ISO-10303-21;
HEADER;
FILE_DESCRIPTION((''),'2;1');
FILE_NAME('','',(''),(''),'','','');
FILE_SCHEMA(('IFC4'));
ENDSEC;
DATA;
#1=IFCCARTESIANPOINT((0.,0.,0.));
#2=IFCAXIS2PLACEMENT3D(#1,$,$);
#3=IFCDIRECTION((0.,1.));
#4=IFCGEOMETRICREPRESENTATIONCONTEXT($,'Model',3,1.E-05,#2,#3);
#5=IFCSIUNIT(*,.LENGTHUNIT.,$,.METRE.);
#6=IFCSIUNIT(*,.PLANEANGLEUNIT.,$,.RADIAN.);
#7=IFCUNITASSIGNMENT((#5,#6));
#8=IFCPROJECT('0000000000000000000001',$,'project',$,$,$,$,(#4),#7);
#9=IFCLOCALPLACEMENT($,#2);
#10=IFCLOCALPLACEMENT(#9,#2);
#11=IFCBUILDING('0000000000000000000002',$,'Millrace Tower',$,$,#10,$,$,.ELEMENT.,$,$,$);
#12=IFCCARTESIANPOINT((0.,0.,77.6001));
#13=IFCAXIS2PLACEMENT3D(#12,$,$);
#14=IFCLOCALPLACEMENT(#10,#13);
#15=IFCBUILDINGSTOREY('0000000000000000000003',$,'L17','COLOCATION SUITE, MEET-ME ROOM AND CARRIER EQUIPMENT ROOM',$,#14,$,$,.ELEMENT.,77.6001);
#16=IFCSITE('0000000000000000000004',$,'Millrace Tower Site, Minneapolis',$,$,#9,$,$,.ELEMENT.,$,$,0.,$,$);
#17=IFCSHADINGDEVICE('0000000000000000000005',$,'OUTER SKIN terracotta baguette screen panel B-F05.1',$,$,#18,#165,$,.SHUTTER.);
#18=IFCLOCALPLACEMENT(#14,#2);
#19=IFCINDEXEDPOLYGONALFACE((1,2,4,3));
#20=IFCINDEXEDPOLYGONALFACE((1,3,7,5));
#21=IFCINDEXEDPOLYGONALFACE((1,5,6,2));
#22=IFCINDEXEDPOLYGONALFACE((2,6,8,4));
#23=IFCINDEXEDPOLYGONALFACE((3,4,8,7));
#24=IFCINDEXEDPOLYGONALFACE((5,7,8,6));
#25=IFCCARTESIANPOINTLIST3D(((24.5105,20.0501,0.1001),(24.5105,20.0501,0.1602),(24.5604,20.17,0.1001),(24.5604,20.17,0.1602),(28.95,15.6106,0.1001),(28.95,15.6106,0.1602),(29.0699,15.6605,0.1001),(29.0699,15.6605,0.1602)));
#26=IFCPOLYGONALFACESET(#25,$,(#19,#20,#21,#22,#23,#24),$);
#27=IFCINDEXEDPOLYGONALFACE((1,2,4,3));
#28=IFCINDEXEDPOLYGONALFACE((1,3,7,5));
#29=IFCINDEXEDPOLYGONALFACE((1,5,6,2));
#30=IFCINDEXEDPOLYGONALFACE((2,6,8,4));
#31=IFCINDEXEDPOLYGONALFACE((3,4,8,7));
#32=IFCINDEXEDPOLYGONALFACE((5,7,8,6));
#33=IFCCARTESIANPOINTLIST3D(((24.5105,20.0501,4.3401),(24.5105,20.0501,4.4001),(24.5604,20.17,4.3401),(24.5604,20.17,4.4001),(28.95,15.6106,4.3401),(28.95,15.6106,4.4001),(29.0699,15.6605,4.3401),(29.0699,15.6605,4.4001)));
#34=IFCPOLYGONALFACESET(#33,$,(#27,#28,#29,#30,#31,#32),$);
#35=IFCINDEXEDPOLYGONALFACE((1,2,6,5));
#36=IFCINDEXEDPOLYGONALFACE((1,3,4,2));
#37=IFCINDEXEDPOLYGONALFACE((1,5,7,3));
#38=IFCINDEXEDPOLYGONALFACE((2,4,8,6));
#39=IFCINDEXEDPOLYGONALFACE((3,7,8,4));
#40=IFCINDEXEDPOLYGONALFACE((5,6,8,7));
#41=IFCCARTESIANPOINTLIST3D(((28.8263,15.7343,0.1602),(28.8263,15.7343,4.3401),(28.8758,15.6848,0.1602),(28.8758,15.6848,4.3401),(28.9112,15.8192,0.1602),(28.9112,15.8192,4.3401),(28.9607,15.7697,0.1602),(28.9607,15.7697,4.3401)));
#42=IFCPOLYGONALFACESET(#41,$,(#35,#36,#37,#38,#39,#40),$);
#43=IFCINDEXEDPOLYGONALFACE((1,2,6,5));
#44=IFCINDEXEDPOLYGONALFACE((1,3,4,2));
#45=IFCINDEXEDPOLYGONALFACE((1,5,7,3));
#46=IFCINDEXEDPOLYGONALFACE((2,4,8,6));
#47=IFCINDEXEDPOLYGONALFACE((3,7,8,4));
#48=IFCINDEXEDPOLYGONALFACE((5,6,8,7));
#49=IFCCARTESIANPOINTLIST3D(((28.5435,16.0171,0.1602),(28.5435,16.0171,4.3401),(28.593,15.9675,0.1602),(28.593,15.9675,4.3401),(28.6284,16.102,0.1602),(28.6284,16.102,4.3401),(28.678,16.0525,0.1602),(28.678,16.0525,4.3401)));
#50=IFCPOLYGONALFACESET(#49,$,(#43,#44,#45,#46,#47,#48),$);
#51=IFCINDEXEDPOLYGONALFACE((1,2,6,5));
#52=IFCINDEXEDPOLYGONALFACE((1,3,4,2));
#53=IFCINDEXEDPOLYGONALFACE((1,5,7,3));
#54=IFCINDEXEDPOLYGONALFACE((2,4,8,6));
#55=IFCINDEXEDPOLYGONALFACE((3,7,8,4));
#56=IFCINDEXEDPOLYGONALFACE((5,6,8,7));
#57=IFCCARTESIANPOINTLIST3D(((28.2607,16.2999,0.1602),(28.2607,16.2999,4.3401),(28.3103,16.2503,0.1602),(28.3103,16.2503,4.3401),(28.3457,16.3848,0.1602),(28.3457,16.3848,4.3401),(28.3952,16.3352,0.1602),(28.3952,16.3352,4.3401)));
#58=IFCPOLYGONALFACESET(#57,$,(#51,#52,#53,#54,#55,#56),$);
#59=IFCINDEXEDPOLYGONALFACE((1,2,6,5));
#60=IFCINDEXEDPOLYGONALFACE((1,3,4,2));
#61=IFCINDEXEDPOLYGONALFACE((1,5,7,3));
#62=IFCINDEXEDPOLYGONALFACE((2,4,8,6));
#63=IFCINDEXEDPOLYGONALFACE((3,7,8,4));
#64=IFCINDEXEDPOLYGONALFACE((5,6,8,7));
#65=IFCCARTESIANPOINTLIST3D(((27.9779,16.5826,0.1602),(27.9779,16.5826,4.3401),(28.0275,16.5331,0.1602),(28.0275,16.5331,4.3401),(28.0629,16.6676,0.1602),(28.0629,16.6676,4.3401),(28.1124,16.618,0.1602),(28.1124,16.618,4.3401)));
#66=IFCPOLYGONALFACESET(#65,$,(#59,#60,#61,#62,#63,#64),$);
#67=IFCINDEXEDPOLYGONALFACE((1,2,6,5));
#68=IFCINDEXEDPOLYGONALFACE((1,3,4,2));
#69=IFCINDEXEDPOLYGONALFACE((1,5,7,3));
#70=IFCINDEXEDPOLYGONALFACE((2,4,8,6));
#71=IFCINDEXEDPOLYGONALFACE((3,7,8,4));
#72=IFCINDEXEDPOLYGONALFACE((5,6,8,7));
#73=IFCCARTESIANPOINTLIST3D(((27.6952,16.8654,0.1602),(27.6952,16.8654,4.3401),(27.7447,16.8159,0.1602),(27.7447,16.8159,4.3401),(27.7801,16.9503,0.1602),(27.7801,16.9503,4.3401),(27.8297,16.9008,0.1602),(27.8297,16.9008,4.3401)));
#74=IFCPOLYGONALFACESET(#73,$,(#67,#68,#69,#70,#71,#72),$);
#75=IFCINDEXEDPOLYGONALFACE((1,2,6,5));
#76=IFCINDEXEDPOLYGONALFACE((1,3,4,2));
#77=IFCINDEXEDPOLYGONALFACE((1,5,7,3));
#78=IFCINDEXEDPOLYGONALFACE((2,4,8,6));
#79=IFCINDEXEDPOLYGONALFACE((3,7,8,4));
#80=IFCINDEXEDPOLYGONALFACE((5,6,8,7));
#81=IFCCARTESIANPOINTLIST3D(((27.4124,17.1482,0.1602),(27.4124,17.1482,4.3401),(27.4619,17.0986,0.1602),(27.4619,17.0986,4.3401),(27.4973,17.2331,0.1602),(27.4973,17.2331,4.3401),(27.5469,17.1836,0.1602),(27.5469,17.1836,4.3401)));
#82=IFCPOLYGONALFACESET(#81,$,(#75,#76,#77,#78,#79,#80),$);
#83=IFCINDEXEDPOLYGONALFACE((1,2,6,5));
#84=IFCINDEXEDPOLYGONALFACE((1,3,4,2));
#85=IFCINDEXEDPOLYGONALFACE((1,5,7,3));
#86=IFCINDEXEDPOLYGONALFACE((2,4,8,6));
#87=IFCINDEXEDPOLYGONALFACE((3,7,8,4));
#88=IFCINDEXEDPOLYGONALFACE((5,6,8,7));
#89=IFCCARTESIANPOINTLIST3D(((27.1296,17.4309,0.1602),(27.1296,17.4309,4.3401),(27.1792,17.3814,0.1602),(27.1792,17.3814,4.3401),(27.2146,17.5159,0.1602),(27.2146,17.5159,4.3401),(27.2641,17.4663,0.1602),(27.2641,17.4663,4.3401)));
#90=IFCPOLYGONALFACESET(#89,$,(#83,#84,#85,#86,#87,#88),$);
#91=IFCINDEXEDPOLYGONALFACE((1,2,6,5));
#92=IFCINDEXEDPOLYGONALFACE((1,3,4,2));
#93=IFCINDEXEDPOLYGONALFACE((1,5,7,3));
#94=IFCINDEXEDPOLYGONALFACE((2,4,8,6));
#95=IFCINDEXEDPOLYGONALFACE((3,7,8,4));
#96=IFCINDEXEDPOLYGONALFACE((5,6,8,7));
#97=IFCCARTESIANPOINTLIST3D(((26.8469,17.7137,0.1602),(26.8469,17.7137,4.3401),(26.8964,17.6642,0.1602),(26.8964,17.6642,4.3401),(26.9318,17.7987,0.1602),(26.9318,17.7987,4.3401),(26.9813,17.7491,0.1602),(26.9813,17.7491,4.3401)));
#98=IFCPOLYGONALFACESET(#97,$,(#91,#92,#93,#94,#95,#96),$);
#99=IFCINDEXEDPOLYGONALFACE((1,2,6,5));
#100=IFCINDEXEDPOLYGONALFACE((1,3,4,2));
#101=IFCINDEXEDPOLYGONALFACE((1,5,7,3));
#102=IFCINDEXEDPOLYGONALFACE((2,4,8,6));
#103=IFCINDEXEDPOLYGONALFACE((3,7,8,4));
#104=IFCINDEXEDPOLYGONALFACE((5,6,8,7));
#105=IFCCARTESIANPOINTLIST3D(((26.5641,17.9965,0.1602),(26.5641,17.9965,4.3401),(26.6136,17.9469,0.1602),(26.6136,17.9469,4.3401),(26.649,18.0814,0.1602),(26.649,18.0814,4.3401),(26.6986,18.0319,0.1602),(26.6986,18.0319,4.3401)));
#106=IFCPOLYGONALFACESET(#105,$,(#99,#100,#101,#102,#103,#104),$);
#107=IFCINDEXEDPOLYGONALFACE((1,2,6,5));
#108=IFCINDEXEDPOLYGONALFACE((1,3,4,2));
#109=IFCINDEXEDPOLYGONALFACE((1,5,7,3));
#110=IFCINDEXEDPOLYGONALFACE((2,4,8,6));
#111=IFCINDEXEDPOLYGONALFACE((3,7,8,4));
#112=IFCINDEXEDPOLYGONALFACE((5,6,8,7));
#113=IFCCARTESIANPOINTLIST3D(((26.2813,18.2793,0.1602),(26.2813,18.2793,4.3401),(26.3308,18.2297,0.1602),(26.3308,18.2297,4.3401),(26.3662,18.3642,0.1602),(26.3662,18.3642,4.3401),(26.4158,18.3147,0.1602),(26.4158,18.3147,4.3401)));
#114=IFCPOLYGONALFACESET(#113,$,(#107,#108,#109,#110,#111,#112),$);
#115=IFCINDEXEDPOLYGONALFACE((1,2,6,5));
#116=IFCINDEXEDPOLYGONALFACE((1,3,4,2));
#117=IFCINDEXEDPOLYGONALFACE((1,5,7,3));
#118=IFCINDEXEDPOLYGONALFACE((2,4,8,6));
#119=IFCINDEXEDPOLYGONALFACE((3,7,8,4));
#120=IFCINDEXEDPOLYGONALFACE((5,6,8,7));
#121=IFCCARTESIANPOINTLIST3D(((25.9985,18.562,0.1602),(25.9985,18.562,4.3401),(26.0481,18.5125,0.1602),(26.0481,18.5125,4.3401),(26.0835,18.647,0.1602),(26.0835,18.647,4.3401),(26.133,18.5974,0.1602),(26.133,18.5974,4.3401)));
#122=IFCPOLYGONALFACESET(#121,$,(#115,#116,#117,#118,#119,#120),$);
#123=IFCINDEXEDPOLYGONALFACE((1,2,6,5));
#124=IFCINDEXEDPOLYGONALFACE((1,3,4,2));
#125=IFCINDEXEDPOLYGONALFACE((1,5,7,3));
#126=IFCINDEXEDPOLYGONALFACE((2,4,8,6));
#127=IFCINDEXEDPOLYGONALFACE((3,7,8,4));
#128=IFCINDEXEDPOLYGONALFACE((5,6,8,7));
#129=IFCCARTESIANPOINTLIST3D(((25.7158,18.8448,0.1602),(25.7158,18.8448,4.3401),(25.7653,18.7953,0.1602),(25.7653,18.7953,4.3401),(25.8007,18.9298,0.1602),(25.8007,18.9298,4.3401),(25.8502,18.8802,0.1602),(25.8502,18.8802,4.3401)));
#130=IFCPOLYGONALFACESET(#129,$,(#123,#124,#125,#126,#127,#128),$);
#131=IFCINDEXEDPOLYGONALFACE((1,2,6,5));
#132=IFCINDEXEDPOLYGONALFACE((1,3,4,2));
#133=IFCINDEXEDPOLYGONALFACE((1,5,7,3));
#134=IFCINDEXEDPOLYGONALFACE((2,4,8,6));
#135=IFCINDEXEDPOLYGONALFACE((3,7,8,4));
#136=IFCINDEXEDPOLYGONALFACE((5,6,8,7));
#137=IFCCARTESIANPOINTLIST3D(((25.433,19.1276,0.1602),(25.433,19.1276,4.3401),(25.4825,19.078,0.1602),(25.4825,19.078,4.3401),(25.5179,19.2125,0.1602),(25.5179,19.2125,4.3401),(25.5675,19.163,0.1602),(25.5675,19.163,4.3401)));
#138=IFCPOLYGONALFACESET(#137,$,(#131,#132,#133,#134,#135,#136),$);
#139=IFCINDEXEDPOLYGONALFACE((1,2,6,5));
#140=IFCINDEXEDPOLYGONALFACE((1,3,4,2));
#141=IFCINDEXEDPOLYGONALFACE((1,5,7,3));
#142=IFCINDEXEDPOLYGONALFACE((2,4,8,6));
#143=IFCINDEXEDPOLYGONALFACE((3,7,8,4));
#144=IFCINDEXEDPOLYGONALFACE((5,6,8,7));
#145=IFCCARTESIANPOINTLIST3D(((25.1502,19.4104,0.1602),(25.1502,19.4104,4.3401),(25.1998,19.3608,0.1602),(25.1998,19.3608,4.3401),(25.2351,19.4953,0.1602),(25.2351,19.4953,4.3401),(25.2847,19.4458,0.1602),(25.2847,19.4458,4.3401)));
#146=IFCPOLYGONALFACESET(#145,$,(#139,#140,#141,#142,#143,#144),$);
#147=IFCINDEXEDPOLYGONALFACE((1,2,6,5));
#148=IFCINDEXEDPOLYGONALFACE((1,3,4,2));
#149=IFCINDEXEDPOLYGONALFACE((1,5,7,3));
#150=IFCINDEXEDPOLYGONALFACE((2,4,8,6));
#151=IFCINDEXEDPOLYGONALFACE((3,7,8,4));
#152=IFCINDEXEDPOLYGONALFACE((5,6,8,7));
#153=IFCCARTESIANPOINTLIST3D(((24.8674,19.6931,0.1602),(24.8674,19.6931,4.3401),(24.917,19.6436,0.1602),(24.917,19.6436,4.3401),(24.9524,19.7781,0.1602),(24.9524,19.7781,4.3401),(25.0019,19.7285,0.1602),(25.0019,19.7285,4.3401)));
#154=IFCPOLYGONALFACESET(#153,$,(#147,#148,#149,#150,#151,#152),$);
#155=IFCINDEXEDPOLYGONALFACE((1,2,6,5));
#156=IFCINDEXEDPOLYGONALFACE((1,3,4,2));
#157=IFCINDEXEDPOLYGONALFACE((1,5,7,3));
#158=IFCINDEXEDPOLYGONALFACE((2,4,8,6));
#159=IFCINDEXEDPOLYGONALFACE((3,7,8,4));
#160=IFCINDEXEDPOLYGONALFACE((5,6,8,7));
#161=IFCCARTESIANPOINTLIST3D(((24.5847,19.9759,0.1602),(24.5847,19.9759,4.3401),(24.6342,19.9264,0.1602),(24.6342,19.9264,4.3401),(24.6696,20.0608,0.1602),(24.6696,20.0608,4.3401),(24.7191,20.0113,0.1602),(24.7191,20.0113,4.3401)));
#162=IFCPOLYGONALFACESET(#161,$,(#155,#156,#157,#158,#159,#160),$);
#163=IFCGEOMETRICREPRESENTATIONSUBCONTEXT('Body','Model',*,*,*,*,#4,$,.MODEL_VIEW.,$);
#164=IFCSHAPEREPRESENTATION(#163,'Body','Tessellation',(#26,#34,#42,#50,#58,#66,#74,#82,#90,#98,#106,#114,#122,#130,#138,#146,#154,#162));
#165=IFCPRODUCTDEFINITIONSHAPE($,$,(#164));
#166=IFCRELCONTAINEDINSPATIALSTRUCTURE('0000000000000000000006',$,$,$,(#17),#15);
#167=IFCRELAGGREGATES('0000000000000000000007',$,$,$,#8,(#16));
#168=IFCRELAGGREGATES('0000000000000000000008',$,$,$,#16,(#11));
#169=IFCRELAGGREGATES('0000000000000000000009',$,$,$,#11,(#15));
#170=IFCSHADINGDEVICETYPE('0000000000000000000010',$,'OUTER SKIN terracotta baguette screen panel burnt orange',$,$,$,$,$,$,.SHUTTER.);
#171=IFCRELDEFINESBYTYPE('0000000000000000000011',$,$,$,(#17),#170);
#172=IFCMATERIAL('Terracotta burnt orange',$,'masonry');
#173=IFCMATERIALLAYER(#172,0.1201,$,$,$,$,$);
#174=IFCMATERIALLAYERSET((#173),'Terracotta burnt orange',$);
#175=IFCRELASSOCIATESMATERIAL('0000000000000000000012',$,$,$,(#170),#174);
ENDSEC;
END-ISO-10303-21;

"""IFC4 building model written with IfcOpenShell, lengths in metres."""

from ifc_helpers import new_model, entity, si_unit, direction, frame, frame_2d, origin, place, context, subcontext, project, spatial, rectangle, extrude, source, transform, mapped, material, layer, layer_set, type_object, element, save


model = new_model("IFC4")

# Units and contexts
model_context = context("Model", 3, precision=1e-05, world=origin(), true_north=direction((0.0, 1.0)))
body_context = subcontext(model_context, "Body", "Model", "MODEL_VIEW")
ifc_project = project(units=[si_unit("LENGTHUNIT", "METRE"), si_unit("PLANEANGLEUNIT", "RADIAN")], contexts=[model_context])

# Site, building, storey
site_placement = place(None, origin())
site = spatial("IfcSite", under=ifc_project, at=site_placement, Name="Millrace Tower Site, Minneapolis", CompositionType="ELEMENT", RefElevation=0.0)
building_placement = place(site_placement, origin())
building = spatial("IfcBuilding", under=site, at=building_placement, Name="Millrace Tower", CompositionType="ELEMENT")
storey_placement = place(building_placement, frame((0.0, 0.0, 77.6001)))
storey = spatial("IfcBuildingStorey", under=building, at=storey_placement, Name="L17", Description="COLOCATION SUITE, MEET-ME ROOM AND CARRIER EQUIPMENT ROOM", CompositionType="ELEMENT", Elevation=77.6001)

# Shading device
ifc_material_1 = material(Name="Terracotta burnt orange", Category="masonry")
ifc_layer_1 = layer(ifc_material_1, 0.1201)
ifc_layer_set_1 = layer_set([ifc_layer_1], Name="Terracotta burnt orange")
shading_device_type = type_object("IfcShadingDeviceType", Name="OUTER SKIN terracotta baguette screen panel burnt orange", PredefinedType="SHUTTER", material=ifc_layer_set_1)
cartesian_point_1 = entity("IfcCartesianPoint", [-3.1392, 0.0601])
shared_polyline_1 = entity("IfcPolyline", [cartesian_point_1, entity("IfcCartesianPoint", [3.1392, 0.0601]), entity("IfcCartesianPoint", [3.1887, -0.0601]), entity("IfcCartesianPoint", [-3.1887, -0.0601]), cartesian_point_1])
shared_shape_1 = source(origin(), body_context, "Body", "SweptSolid", [
    entity("IfcExtrudedAreaSolid", entity("IfcArbitraryClosedProfileDef", "AREA", None, shared_polyline_1), entity("IfcAxis2Placement3D", entity("IfcCartesianPoint", [0.0, 0.0, 0.0])), entity("IfcDirection", [0.0, 0.0, 1.0]), 0.0601),
    entity("IfcExtrudedAreaSolid", entity("IfcArbitraryClosedProfileDef", "AREA", None, shared_polyline_1), entity("IfcAxis2Placement3D", entity("IfcCartesianPoint", [0.0, 0.0, 4.24])), entity("IfcDirection", [0.0, 0.0, 1.0]), 0.0601),
    extrude(rectangle(XDim=0.0701, YDim=0.1201, at=frame_2d((-2.9993, 0.0))), frame((0.0, 0.0, 0.0601)), (0.0, 0.0, 1.0), 4.1799),
    extrude(rectangle(XDim=0.0701, YDim=0.1201, at=frame_2d((-2.5994, 0.0))), frame((0.0, 0.0, 0.0601)), (0.0, 0.0, 1.0), 4.1799),
    extrude(rectangle(XDim=0.0701, YDim=0.1201, at=frame_2d((-2.1995, 0.0))), frame((0.0, 0.0, 0.0601)), (0.0, 0.0, 1.0), 4.1799),
    extrude(rectangle(XDim=0.0701, YDim=0.1201, at=frame_2d((-1.7996, 0.0))), frame((0.0, 0.0, 0.0601)), (0.0, 0.0, 1.0), 4.1799),
    extrude(rectangle(XDim=0.0701, YDim=0.1201, at=frame_2d((-1.3997, 0.0))), frame((0.0, 0.0, 0.0601)), (0.0, 0.0, 1.0), 4.1799),
    extrude(rectangle(XDim=0.0701, YDim=0.1201, at=frame_2d((-0.9998, 0.0))), frame((0.0, 0.0, 0.0601)), (0.0, 0.0, 1.0), 4.1799),
    extrude(rectangle(XDim=0.0701, YDim=0.1201, at=frame_2d((-0.5999, 0.0))), frame((0.0, 0.0, 0.0601)), (0.0, 0.0, 1.0), 4.1799),
    extrude(rectangle(XDim=0.0701, YDim=0.1201, at=frame_2d((-0.2, 0.0))), frame((0.0, 0.0, 0.0601)), (0.0, 0.0, 1.0), 4.1799),
    extrude(rectangle(XDim=0.0701, YDim=0.1201, at=frame_2d((0.2, 0.0))), frame((0.0, 0.0, 0.0601)), (0.0, 0.0, 1.0), 4.1799),
    extrude(rectangle(XDim=0.0701, YDim=0.1201, at=frame_2d((0.5999, 0.0))), frame((0.0, 0.0, 0.0601)), (0.0, 0.0, 1.0), 4.1799),
    extrude(rectangle(XDim=0.0701, YDim=0.1201, at=frame_2d((0.9998, 0.0))), frame((0.0, 0.0, 0.0601)), (0.0, 0.0, 1.0), 4.1799),
    extrude(rectangle(XDim=0.0701, YDim=0.1201, at=frame_2d((1.3997, 0.0))), frame((0.0, 0.0, 0.0601)), (0.0, 0.0, 1.0), 4.1799),
    extrude(rectangle(XDim=0.0701, YDim=0.1201, at=frame_2d((1.7996, 0.0))), frame((0.0, 0.0, 0.0601)), (0.0, 0.0, 1.0), 4.1799),
    extrude(rectangle(XDim=0.0701, YDim=0.1201, at=frame_2d((2.1995, 0.0))), frame((0.0, 0.0, 0.0601)), (0.0, 0.0, 1.0), 4.1799),
    extrude(rectangle(XDim=0.0701, YDim=0.1201, at=frame_2d((2.5994, 0.0))), frame((0.0, 0.0, 0.0601)), (0.0, 0.0, 1.0), 4.1799),
    extrude(rectangle(XDim=0.0701, YDim=0.1201, at=frame_2d((2.9993, 0.0))), frame((0.0, 0.0, 0.0601)), (0.0, 0.0, 1.0), 4.1799),
])
shading_device_1_placement = place(storey_placement, frame((26.7727, 17.8728, 0.1001), z_axis=(0.0, 0.0, 1.0), x_axis=(-0.707107, 0.707107, 0.0)))
element("IfcShadingDevice", 1, at=shading_device_1_placement, inside=storey, type_object=shading_device_type, Name="OUTER SKIN terracotta baguette screen panel B-F05.1", PredefinedType="SHUTTER", context=body_context, shape_type="MappedRepresentation", body=[
    mapped(shared_shape_1, transform((0.0, 0.0, 0.0), scale=1.0)),
])

save(model, "model.ifc")
